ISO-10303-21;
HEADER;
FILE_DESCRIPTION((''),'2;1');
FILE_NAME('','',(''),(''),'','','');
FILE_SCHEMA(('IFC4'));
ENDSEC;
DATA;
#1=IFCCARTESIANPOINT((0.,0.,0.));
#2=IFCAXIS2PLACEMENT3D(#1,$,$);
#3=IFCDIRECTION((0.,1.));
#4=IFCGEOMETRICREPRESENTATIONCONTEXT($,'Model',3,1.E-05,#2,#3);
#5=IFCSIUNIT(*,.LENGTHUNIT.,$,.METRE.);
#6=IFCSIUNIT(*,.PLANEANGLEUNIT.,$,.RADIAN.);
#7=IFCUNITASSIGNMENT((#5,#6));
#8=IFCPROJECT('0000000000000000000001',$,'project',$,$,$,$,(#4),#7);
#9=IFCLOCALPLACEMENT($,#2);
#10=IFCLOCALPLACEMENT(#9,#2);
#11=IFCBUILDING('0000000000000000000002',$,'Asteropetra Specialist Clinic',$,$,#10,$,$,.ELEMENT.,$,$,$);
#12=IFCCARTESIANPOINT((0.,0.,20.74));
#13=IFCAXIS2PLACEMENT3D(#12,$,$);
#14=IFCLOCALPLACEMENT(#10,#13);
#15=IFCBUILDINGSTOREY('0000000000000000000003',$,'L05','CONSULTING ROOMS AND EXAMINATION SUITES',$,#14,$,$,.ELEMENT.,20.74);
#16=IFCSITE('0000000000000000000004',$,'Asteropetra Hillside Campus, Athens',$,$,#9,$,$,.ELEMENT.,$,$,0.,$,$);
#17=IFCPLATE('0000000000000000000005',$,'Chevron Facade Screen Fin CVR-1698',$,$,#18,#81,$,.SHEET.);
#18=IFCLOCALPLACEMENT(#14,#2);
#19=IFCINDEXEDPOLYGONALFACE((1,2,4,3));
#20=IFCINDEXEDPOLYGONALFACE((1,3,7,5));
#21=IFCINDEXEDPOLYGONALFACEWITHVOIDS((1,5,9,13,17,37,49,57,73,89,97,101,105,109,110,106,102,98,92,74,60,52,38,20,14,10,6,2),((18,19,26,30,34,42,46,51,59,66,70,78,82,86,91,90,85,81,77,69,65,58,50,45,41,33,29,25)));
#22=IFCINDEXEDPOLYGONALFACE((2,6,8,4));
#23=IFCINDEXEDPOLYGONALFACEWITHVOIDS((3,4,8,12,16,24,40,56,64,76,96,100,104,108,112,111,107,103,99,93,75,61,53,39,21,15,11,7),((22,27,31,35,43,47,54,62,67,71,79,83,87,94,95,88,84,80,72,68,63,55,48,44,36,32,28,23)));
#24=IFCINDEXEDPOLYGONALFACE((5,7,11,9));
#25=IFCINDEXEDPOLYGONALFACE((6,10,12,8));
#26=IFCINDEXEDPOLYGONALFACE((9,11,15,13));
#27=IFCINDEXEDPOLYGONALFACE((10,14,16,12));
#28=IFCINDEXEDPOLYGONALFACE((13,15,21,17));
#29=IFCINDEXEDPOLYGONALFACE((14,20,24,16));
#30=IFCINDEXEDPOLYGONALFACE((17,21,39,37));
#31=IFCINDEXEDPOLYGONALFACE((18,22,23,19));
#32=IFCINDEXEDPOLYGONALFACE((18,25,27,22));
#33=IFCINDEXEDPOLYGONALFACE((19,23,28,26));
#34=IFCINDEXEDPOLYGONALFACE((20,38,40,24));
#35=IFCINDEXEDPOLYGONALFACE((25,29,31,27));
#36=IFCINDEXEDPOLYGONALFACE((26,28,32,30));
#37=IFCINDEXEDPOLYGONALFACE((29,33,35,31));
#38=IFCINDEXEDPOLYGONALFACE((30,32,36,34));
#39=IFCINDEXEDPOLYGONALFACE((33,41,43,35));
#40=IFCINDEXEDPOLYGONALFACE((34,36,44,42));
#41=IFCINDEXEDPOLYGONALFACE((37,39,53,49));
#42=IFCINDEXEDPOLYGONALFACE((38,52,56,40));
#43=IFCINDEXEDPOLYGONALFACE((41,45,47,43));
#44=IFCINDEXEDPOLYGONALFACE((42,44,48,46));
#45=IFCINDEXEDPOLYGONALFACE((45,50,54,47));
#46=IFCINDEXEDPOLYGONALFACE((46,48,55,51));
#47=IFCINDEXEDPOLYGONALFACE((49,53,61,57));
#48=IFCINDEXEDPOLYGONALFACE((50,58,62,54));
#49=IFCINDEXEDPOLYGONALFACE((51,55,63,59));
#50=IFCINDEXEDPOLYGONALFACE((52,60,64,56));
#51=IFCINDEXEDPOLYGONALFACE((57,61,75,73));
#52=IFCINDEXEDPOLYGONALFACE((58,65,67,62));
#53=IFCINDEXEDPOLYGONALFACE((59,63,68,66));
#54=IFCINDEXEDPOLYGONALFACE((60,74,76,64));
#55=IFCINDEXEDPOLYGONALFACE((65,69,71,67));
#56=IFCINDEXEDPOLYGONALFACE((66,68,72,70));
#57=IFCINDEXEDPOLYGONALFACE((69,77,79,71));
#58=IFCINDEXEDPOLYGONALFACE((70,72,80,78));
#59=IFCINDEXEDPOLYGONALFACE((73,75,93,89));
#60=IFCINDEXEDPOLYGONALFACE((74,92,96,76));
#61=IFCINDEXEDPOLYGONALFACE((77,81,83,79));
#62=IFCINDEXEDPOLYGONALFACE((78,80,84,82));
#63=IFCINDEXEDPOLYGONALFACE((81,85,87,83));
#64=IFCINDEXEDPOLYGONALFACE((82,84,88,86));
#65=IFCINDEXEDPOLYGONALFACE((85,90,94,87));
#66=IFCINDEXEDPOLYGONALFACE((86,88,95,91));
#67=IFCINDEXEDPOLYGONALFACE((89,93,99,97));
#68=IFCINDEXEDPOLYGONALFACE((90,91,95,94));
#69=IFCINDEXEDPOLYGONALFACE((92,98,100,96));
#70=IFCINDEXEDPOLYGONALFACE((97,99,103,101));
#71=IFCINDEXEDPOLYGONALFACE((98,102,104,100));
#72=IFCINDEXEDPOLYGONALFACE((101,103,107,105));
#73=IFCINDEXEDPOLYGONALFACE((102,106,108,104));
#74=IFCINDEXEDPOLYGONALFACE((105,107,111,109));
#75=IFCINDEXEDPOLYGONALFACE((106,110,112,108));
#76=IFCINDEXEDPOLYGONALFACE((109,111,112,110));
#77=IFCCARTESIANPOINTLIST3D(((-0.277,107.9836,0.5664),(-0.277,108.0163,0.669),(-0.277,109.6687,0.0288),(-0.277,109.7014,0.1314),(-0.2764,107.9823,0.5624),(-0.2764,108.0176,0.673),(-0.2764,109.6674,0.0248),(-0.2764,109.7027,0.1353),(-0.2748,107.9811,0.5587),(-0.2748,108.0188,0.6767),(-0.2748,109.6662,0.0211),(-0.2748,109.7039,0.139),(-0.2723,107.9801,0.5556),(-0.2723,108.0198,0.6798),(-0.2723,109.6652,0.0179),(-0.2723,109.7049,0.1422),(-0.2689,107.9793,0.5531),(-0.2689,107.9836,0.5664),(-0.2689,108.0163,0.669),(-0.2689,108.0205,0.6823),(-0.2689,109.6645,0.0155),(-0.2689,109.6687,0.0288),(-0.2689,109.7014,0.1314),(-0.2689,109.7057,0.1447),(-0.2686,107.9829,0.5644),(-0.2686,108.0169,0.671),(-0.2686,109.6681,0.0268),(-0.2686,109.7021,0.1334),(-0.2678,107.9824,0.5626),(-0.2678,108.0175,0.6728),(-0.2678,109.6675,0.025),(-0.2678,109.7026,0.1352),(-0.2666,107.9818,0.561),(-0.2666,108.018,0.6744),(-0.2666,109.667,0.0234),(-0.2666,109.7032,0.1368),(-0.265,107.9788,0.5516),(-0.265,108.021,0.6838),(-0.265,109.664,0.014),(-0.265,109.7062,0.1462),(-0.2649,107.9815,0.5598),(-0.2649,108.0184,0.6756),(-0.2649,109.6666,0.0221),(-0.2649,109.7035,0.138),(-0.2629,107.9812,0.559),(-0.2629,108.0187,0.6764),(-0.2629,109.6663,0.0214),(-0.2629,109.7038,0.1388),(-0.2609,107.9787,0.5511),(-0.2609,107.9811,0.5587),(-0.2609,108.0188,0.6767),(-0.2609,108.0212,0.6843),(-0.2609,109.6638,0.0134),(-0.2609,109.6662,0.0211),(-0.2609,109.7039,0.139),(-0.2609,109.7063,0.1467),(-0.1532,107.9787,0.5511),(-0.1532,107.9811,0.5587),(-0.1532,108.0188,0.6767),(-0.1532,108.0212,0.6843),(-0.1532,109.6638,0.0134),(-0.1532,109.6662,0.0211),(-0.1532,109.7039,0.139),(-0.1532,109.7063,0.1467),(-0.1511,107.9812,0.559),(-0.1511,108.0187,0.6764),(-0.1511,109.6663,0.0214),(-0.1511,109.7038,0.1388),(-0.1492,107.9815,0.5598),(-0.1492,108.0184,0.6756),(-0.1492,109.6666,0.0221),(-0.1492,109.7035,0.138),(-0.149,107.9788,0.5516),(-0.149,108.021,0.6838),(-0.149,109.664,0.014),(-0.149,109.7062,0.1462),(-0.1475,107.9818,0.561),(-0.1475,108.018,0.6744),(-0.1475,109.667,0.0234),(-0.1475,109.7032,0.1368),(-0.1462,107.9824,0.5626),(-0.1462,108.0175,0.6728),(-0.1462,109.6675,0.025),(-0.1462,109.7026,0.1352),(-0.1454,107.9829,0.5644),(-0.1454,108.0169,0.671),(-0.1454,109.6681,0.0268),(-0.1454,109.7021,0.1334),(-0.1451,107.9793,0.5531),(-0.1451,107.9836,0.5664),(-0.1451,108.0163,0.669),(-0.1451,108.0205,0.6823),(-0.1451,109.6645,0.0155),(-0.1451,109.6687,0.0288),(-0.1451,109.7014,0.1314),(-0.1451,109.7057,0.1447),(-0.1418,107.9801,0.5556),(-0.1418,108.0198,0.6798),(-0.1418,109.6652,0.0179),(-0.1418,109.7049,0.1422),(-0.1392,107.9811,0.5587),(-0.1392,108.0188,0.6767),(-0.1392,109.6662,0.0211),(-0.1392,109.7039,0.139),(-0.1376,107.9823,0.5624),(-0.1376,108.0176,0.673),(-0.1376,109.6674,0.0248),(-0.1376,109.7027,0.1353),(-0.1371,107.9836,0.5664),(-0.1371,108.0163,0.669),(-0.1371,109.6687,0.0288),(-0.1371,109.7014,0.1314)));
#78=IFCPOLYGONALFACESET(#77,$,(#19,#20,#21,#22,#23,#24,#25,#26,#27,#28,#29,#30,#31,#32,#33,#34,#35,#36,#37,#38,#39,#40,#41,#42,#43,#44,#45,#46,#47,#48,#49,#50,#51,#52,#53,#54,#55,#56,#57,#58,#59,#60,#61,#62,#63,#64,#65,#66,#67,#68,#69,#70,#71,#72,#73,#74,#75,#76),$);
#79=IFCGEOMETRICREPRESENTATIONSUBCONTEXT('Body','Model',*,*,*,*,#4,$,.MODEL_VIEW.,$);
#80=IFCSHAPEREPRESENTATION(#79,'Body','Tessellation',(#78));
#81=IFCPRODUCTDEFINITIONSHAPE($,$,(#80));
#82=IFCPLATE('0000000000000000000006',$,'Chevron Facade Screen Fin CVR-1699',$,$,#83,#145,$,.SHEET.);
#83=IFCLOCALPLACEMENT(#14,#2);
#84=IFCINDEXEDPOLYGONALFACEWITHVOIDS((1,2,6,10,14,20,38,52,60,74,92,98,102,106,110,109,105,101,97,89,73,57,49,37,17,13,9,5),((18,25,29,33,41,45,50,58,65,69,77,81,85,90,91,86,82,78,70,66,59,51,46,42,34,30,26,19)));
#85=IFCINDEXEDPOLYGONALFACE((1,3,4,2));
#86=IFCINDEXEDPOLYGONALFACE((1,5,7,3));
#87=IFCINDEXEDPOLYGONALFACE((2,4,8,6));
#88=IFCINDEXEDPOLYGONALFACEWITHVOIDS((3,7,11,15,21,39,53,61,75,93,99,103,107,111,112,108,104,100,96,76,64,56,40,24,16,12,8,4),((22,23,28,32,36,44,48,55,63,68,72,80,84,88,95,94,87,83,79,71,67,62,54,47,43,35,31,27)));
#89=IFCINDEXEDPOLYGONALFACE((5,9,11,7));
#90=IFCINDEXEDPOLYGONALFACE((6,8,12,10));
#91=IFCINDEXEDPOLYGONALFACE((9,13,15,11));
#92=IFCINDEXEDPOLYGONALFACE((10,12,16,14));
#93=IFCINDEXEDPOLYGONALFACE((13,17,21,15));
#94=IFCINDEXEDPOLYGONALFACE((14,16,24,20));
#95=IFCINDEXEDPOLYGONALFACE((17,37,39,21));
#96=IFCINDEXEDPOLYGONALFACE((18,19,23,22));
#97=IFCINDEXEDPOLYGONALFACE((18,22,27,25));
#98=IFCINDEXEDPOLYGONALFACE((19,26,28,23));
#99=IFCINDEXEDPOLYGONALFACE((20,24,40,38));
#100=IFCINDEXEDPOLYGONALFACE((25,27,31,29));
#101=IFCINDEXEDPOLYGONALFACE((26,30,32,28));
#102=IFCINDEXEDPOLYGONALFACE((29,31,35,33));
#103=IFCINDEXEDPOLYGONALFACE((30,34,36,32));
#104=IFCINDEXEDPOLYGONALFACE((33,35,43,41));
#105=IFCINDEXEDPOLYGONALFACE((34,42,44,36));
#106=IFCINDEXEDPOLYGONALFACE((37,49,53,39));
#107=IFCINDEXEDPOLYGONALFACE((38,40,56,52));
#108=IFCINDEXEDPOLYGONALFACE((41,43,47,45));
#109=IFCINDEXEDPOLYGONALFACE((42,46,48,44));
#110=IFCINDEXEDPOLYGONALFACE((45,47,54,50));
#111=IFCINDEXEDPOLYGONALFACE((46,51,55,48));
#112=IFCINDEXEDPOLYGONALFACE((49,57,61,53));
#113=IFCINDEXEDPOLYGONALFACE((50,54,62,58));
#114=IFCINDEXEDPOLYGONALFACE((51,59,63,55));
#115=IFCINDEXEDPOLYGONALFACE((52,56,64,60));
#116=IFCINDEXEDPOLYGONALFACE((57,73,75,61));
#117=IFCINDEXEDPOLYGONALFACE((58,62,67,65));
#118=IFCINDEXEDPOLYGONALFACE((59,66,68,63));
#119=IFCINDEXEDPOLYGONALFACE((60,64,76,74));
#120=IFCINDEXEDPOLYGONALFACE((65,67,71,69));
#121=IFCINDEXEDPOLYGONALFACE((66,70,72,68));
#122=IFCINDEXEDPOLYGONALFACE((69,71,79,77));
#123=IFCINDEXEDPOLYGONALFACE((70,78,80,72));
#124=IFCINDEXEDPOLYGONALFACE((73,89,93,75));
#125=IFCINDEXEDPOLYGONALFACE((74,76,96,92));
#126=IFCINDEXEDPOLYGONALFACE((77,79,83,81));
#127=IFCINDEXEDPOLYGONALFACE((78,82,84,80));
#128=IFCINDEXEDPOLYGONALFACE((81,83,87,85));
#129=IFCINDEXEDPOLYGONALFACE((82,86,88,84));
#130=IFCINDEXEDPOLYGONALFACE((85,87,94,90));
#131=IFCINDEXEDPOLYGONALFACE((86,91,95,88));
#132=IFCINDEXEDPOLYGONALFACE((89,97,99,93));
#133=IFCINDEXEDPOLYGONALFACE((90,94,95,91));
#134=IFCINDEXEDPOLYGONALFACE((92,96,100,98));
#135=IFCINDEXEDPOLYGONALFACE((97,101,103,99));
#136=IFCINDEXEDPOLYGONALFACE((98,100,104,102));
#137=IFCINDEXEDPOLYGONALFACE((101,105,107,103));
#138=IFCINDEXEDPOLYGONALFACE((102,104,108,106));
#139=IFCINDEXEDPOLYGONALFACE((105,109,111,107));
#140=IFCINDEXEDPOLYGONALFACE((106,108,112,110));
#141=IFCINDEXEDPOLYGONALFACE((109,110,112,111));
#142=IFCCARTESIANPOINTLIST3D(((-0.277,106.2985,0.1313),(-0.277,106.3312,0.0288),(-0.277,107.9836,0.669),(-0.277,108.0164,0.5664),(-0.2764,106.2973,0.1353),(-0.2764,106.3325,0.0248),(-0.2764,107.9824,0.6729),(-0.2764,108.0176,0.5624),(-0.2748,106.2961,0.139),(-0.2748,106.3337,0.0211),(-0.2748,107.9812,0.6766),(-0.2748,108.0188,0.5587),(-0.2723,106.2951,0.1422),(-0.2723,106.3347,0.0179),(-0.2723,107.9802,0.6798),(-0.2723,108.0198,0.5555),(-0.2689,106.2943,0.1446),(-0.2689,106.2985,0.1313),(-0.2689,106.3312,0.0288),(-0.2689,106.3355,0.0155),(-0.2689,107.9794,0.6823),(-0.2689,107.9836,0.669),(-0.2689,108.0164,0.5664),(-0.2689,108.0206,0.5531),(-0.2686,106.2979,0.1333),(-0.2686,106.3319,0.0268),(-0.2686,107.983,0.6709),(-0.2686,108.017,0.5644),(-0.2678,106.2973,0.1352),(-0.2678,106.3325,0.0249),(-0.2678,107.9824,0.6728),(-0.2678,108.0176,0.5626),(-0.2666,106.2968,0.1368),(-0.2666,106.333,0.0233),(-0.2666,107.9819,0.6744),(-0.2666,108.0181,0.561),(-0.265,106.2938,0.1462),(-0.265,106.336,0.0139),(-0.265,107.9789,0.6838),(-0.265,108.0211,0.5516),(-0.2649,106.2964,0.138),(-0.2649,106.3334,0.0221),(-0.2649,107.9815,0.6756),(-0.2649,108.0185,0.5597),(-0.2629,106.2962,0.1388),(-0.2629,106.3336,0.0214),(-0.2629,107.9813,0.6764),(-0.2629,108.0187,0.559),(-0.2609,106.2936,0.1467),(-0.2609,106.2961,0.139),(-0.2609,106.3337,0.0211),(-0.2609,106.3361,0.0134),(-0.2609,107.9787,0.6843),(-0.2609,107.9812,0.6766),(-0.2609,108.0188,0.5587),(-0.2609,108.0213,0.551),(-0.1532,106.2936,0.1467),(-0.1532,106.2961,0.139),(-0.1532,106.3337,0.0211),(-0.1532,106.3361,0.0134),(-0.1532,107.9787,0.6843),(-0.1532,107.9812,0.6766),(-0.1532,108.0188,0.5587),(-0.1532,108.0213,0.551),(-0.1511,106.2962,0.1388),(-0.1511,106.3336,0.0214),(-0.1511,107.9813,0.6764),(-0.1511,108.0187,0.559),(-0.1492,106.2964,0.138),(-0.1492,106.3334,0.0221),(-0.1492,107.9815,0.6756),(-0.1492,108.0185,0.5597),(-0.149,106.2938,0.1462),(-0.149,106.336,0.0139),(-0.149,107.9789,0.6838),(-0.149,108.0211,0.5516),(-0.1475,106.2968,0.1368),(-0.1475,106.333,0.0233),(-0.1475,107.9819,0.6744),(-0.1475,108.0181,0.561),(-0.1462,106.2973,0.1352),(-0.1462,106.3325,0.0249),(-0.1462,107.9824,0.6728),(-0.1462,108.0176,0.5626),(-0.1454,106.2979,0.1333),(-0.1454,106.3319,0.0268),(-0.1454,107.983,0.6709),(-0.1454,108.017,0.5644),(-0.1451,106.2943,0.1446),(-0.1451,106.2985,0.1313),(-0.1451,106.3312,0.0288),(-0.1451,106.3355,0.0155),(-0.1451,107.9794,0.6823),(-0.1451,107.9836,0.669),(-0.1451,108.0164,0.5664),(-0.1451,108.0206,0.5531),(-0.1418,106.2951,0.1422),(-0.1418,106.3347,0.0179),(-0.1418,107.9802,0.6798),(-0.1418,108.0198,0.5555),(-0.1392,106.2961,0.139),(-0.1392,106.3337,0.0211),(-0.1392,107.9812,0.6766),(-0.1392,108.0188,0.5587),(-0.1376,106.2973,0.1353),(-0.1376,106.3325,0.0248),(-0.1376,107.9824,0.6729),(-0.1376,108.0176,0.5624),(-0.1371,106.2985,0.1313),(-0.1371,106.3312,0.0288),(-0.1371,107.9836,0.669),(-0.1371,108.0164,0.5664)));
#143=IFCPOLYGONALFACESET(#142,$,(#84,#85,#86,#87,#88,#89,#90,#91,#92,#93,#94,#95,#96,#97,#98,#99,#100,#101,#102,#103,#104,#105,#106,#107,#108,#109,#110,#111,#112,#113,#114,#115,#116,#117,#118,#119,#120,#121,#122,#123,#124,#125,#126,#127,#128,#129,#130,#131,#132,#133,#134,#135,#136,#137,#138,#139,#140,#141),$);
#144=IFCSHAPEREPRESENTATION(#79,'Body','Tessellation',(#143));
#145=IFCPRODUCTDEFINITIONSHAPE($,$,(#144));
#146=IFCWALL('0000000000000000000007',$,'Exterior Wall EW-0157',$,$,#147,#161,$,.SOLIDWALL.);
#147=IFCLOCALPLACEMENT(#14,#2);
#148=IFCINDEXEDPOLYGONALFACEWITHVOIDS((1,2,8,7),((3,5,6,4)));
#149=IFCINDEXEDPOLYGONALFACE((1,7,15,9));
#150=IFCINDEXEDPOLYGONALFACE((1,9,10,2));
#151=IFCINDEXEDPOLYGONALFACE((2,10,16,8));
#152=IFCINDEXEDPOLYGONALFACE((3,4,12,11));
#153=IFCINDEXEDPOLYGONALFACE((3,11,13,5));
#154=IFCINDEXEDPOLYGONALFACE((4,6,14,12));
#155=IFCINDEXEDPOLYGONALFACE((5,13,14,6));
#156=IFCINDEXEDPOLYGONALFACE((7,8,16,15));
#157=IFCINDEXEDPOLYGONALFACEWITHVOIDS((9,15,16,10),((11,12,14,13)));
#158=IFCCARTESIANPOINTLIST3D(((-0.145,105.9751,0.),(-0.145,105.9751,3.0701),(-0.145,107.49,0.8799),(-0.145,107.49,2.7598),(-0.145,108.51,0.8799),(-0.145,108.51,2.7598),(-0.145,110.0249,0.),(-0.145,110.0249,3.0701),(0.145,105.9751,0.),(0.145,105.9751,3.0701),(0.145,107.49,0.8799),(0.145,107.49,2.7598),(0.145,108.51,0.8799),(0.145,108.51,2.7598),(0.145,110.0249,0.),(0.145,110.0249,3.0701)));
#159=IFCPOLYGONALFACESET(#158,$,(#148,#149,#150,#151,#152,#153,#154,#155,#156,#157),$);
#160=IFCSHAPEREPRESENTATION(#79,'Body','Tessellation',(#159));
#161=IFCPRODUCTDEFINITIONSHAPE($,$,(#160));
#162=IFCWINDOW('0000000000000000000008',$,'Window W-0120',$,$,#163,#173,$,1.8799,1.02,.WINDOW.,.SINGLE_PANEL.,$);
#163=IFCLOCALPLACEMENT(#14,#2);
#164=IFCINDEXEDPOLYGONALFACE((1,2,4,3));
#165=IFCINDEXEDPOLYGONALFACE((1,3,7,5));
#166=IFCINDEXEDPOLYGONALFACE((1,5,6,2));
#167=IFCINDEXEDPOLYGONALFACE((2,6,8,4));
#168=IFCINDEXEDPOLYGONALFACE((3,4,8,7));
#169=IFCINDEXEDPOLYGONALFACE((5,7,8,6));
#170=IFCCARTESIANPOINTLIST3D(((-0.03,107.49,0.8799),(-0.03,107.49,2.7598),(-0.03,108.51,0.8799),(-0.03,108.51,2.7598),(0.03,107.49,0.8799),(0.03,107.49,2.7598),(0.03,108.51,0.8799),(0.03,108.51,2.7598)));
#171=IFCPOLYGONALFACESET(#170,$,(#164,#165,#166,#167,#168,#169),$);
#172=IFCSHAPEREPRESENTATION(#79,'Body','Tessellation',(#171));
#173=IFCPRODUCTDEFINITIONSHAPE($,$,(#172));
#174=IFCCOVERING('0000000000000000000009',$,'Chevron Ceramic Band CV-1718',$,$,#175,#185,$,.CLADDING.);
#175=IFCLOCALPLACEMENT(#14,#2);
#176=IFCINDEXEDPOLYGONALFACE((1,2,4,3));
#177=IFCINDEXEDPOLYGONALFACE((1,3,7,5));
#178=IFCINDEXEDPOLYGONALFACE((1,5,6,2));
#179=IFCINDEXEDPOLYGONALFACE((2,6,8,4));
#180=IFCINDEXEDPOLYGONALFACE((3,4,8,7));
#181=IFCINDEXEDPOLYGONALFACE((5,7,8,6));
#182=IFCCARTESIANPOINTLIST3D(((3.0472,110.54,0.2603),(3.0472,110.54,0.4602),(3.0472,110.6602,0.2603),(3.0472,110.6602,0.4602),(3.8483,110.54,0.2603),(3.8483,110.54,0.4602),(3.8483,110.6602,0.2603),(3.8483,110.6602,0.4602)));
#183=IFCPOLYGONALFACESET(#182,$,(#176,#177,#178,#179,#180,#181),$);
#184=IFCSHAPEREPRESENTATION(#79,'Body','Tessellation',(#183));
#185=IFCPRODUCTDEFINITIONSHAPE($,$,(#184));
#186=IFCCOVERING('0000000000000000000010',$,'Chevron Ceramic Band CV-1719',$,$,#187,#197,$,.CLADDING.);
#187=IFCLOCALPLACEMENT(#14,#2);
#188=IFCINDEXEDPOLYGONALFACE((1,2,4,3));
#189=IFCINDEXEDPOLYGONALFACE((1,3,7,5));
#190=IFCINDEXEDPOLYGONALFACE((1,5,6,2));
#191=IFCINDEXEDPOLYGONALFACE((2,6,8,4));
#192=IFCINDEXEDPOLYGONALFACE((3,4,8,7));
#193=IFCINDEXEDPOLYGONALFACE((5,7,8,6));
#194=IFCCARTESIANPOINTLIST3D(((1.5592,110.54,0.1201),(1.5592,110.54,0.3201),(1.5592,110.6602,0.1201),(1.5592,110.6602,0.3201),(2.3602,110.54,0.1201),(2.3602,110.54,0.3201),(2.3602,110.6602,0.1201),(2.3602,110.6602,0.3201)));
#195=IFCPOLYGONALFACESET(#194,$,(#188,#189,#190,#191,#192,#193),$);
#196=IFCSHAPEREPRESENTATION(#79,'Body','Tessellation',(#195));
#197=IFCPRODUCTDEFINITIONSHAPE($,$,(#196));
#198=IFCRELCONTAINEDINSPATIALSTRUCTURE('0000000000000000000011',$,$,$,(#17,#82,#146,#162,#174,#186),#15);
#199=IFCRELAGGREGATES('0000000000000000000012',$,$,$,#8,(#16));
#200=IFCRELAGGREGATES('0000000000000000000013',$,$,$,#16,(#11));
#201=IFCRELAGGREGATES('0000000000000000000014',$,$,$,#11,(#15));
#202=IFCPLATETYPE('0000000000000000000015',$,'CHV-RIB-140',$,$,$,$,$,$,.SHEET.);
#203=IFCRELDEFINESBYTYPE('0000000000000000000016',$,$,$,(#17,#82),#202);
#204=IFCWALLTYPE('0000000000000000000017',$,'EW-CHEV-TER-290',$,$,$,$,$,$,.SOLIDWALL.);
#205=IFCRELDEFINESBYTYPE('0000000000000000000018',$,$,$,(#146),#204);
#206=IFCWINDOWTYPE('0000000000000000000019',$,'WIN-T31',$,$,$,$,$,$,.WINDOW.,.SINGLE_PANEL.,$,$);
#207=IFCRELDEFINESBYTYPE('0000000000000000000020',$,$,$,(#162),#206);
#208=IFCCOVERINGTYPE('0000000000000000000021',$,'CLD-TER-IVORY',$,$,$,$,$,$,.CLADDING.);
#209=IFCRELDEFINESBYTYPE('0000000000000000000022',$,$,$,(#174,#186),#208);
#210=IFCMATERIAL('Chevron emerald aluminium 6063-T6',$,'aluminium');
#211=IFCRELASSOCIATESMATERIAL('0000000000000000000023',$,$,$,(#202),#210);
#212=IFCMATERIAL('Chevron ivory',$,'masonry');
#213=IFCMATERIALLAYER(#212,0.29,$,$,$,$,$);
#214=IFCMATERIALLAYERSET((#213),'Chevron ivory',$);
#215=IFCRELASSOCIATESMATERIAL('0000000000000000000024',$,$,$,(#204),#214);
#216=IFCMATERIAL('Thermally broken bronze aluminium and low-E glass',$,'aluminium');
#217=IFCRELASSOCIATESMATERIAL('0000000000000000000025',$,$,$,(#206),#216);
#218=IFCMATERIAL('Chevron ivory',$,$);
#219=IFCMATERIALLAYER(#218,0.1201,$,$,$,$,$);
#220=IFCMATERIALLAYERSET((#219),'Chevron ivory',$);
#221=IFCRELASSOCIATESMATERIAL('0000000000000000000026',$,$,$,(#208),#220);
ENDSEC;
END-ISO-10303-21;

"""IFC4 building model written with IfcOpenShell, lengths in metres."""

from ifc_helpers import new_model, si_unit, direction, frame, frame_2d, origin, origin_2d, place, context, subcontext, project, spatial, rectangle, hollow_rectangle, extrude, material, layer, layer_set, material_profile, profile_set, type_object, element, fill, save


model = new_model("IFC4")

# Units and contexts
model_context = context("Model", 3, precision=1e-05, world=origin(), true_north=direction((0.0, 1.0)))
body_context = subcontext(model_context, "Body", "Model", "MODEL_VIEW")
ifc_project = project(units=[si_unit("LENGTHUNIT", "METRE"), si_unit("PLANEANGLEUNIT", "RADIAN")], contexts=[model_context])

# Site, building, storey
site_placement = place(None, origin())
site = spatial("IfcSite", under=ifc_project, at=site_placement, Name="Asteropetra Hillside Campus, Athens", CompositionType="ELEMENT", RefElevation=0.0)
building_placement = place(site_placement, origin())
building = spatial("IfcBuilding", under=site, at=building_placement, Name="Asteropetra Specialist Clinic", CompositionType="ELEMENT")
storey_placement = place(building_placement, frame((0.0, 0.0, 20.74)))
storey = spatial("IfcBuildingStorey", under=building, at=storey_placement, Name="L05", Description="CONSULTING ROOMS AND EXAMINATION SUITES", CompositionType="ELEMENT", Elevation=20.74)

# Plates
ifc_material_1 = material(Name="Chevron emerald aluminium 6063-T6", Category="aluminium")
ifc_material_profile_1 = material_profile(ifc_material_1, hollow_rectangle(XDim=0.1399, YDim=0.1399, WallThickness=0.0081, InnerFilletRadius=0.0081, OuterFilletRadius=0.0161, at=origin_2d()), Name="SHS 140x140x8.0")
ifc_profile_set_1 = profile_set([ifc_material_profile_1], Name="Chevron emerald aluminium 6063-T6")
plate_type = type_object("IfcPlateType", Name="CHV-RIB-140", PredefinedType="SHEET", material=ifc_profile_set_1)
for number, where, z_axis, x_axis, name in (
    (1, (-0.207, 109.6851, 0.0801), (0.0, -0.95269, 0.303944), (1.0, 0.0, 0.0), "Chevron Facade Screen Fin CVR-1698"),
    (2, (-0.207, 108.0, 0.6177), (0.0, -0.95269, -0.303944), (1.0, 0.0, 0.0), "Chevron Facade Screen Fin CVR-1699"),
):
    element("IfcPlate", number, at=place(storey_placement, frame(where, z_axis=z_axis, x_axis=x_axis)), inside=storey, type_object=plate_type, Name=name, PredefinedType="SHEET", context=body_context, shape_type="SweptSolid", body=[
        extrude(hollow_rectangle(XDim=0.1399, YDim=0.1399, WallThickness=0.0081, InnerFilletRadius=0.0081, OuterFilletRadius=0.0161, at=origin_2d()), origin(), (0.0, 0.0, 1.0), 1.7688),
    ])

# Wall, opening, window
ifc_material_2 = material(Name="Chevron ivory", Category="masonry")
ifc_layer_1 = layer(ifc_material_2, 0.29)
ifc_layer_set_1 = layer_set([ifc_layer_1], Name="Chevron ivory")
wall_type = type_object("IfcWallType", Name="EW-CHEV-TER-290", PredefinedType="SOLIDWALL", material=ifc_layer_set_1)
wall_placement = place(storey_placement, frame((0.0, 110.0249, 0.0), z_axis=(0.0, 0.0, 1.0), x_axis=(0.0, -1.0, 0.0)))
wall = element("IfcWall", 3, at=wall_placement, inside=storey, type_object=wall_type, Name="Exterior Wall EW-0157", PredefinedType="SOLIDWALL", context=body_context, shape_type="SweptSolid", body=[
    extrude(rectangle(XDim=4.0498, YDim=0.29, at=frame_2d((2.0249, 0.0))), origin(), (0.0, 0.0, 1.0), 3.0701),
])
opening_placement = place(wall_placement, frame((1.5149, 0.0, 0.8799)))
opening = element("IfcOpeningElement", 4, at=opening_placement, cuts=wall, PredefinedType="OPENING", context=body_context, shape_type="SweptSolid", body=[
    extrude(rectangle(XDim=1.02, YDim=1.8799, at=frame_2d((0.51, 0.9399))), frame((0.0, 0.155, 0.0), z_axis=(0.0, -1.0, 0.0), x_axis=(1.0, 0.0, 0.0)), (0.0, 0.0, 1.0), 0.3101),
])
ifc_material_3 = material(Name="Thermally broken bronze aluminium and low-E glass", Category="aluminium")
window_type = type_object("IfcWindowType", Name="WIN-T31", PartitioningType="SINGLE_PANEL", PredefinedType="WINDOW", material=ifc_material_3)
window_placement = place(opening_placement, origin())
window = element("IfcWindow", 5, at=window_placement, inside=storey, type_object=window_type, Name="Window W-0120", OverallHeight=1.8799, OverallWidth=1.02, PartitioningType="SINGLE_PANEL", PredefinedType="WINDOW", context=body_context, shape_type="SweptSolid", body=[
    extrude(rectangle(XDim=1.02, YDim=1.8799, at=frame_2d((0.51, 0.9399))), frame((0.0, 0.03, 0.0), z_axis=(0.0, -1.0, 0.0), x_axis=(1.0, 0.0, 0.0)), (0.0, 0.0, 1.0), 0.0601),
])
fill(opening, window)

# Coverings
ifc_material_4 = material(Name="Chevron ivory")
ifc_layer_2 = layer(ifc_material_4, 0.1201)
ifc_layer_set_2 = layer_set([ifc_layer_2], Name="Chevron ivory")
covering_type_1 = type_object("IfcCoveringType", Name="CLD-TER-IVORY", PredefinedType="CLADDING", material=ifc_layer_set_2)
for number, where, z_axis, x_axis, name in (
    (6, (3.4478, 110.6001, 0.2603), (0.0, 0.0, 1.0), (1.0, 0.0, 0.0), "Chevron Ceramic Band CV-1718"),
    (7, (1.9597, 110.6001, 0.1201), (0.0, 0.0, 1.0), (1.0, 0.0, 0.0), "Chevron Ceramic Band CV-1719"),
):
    element("IfcCovering", number, at=place(storey_placement, frame(where, z_axis=z_axis, x_axis=x_axis)), inside=storey, type_object=covering_type_1, Name=name, PredefinedType="CLADDING", context=body_context, shape_type="SweptSolid", body=[
        extrude(rectangle(XDim=0.801, YDim=0.1201, at=origin_2d()), origin(), (0.0, 0.0, 1.0), 0.2),
    ])

save(model, "model.ifc")
